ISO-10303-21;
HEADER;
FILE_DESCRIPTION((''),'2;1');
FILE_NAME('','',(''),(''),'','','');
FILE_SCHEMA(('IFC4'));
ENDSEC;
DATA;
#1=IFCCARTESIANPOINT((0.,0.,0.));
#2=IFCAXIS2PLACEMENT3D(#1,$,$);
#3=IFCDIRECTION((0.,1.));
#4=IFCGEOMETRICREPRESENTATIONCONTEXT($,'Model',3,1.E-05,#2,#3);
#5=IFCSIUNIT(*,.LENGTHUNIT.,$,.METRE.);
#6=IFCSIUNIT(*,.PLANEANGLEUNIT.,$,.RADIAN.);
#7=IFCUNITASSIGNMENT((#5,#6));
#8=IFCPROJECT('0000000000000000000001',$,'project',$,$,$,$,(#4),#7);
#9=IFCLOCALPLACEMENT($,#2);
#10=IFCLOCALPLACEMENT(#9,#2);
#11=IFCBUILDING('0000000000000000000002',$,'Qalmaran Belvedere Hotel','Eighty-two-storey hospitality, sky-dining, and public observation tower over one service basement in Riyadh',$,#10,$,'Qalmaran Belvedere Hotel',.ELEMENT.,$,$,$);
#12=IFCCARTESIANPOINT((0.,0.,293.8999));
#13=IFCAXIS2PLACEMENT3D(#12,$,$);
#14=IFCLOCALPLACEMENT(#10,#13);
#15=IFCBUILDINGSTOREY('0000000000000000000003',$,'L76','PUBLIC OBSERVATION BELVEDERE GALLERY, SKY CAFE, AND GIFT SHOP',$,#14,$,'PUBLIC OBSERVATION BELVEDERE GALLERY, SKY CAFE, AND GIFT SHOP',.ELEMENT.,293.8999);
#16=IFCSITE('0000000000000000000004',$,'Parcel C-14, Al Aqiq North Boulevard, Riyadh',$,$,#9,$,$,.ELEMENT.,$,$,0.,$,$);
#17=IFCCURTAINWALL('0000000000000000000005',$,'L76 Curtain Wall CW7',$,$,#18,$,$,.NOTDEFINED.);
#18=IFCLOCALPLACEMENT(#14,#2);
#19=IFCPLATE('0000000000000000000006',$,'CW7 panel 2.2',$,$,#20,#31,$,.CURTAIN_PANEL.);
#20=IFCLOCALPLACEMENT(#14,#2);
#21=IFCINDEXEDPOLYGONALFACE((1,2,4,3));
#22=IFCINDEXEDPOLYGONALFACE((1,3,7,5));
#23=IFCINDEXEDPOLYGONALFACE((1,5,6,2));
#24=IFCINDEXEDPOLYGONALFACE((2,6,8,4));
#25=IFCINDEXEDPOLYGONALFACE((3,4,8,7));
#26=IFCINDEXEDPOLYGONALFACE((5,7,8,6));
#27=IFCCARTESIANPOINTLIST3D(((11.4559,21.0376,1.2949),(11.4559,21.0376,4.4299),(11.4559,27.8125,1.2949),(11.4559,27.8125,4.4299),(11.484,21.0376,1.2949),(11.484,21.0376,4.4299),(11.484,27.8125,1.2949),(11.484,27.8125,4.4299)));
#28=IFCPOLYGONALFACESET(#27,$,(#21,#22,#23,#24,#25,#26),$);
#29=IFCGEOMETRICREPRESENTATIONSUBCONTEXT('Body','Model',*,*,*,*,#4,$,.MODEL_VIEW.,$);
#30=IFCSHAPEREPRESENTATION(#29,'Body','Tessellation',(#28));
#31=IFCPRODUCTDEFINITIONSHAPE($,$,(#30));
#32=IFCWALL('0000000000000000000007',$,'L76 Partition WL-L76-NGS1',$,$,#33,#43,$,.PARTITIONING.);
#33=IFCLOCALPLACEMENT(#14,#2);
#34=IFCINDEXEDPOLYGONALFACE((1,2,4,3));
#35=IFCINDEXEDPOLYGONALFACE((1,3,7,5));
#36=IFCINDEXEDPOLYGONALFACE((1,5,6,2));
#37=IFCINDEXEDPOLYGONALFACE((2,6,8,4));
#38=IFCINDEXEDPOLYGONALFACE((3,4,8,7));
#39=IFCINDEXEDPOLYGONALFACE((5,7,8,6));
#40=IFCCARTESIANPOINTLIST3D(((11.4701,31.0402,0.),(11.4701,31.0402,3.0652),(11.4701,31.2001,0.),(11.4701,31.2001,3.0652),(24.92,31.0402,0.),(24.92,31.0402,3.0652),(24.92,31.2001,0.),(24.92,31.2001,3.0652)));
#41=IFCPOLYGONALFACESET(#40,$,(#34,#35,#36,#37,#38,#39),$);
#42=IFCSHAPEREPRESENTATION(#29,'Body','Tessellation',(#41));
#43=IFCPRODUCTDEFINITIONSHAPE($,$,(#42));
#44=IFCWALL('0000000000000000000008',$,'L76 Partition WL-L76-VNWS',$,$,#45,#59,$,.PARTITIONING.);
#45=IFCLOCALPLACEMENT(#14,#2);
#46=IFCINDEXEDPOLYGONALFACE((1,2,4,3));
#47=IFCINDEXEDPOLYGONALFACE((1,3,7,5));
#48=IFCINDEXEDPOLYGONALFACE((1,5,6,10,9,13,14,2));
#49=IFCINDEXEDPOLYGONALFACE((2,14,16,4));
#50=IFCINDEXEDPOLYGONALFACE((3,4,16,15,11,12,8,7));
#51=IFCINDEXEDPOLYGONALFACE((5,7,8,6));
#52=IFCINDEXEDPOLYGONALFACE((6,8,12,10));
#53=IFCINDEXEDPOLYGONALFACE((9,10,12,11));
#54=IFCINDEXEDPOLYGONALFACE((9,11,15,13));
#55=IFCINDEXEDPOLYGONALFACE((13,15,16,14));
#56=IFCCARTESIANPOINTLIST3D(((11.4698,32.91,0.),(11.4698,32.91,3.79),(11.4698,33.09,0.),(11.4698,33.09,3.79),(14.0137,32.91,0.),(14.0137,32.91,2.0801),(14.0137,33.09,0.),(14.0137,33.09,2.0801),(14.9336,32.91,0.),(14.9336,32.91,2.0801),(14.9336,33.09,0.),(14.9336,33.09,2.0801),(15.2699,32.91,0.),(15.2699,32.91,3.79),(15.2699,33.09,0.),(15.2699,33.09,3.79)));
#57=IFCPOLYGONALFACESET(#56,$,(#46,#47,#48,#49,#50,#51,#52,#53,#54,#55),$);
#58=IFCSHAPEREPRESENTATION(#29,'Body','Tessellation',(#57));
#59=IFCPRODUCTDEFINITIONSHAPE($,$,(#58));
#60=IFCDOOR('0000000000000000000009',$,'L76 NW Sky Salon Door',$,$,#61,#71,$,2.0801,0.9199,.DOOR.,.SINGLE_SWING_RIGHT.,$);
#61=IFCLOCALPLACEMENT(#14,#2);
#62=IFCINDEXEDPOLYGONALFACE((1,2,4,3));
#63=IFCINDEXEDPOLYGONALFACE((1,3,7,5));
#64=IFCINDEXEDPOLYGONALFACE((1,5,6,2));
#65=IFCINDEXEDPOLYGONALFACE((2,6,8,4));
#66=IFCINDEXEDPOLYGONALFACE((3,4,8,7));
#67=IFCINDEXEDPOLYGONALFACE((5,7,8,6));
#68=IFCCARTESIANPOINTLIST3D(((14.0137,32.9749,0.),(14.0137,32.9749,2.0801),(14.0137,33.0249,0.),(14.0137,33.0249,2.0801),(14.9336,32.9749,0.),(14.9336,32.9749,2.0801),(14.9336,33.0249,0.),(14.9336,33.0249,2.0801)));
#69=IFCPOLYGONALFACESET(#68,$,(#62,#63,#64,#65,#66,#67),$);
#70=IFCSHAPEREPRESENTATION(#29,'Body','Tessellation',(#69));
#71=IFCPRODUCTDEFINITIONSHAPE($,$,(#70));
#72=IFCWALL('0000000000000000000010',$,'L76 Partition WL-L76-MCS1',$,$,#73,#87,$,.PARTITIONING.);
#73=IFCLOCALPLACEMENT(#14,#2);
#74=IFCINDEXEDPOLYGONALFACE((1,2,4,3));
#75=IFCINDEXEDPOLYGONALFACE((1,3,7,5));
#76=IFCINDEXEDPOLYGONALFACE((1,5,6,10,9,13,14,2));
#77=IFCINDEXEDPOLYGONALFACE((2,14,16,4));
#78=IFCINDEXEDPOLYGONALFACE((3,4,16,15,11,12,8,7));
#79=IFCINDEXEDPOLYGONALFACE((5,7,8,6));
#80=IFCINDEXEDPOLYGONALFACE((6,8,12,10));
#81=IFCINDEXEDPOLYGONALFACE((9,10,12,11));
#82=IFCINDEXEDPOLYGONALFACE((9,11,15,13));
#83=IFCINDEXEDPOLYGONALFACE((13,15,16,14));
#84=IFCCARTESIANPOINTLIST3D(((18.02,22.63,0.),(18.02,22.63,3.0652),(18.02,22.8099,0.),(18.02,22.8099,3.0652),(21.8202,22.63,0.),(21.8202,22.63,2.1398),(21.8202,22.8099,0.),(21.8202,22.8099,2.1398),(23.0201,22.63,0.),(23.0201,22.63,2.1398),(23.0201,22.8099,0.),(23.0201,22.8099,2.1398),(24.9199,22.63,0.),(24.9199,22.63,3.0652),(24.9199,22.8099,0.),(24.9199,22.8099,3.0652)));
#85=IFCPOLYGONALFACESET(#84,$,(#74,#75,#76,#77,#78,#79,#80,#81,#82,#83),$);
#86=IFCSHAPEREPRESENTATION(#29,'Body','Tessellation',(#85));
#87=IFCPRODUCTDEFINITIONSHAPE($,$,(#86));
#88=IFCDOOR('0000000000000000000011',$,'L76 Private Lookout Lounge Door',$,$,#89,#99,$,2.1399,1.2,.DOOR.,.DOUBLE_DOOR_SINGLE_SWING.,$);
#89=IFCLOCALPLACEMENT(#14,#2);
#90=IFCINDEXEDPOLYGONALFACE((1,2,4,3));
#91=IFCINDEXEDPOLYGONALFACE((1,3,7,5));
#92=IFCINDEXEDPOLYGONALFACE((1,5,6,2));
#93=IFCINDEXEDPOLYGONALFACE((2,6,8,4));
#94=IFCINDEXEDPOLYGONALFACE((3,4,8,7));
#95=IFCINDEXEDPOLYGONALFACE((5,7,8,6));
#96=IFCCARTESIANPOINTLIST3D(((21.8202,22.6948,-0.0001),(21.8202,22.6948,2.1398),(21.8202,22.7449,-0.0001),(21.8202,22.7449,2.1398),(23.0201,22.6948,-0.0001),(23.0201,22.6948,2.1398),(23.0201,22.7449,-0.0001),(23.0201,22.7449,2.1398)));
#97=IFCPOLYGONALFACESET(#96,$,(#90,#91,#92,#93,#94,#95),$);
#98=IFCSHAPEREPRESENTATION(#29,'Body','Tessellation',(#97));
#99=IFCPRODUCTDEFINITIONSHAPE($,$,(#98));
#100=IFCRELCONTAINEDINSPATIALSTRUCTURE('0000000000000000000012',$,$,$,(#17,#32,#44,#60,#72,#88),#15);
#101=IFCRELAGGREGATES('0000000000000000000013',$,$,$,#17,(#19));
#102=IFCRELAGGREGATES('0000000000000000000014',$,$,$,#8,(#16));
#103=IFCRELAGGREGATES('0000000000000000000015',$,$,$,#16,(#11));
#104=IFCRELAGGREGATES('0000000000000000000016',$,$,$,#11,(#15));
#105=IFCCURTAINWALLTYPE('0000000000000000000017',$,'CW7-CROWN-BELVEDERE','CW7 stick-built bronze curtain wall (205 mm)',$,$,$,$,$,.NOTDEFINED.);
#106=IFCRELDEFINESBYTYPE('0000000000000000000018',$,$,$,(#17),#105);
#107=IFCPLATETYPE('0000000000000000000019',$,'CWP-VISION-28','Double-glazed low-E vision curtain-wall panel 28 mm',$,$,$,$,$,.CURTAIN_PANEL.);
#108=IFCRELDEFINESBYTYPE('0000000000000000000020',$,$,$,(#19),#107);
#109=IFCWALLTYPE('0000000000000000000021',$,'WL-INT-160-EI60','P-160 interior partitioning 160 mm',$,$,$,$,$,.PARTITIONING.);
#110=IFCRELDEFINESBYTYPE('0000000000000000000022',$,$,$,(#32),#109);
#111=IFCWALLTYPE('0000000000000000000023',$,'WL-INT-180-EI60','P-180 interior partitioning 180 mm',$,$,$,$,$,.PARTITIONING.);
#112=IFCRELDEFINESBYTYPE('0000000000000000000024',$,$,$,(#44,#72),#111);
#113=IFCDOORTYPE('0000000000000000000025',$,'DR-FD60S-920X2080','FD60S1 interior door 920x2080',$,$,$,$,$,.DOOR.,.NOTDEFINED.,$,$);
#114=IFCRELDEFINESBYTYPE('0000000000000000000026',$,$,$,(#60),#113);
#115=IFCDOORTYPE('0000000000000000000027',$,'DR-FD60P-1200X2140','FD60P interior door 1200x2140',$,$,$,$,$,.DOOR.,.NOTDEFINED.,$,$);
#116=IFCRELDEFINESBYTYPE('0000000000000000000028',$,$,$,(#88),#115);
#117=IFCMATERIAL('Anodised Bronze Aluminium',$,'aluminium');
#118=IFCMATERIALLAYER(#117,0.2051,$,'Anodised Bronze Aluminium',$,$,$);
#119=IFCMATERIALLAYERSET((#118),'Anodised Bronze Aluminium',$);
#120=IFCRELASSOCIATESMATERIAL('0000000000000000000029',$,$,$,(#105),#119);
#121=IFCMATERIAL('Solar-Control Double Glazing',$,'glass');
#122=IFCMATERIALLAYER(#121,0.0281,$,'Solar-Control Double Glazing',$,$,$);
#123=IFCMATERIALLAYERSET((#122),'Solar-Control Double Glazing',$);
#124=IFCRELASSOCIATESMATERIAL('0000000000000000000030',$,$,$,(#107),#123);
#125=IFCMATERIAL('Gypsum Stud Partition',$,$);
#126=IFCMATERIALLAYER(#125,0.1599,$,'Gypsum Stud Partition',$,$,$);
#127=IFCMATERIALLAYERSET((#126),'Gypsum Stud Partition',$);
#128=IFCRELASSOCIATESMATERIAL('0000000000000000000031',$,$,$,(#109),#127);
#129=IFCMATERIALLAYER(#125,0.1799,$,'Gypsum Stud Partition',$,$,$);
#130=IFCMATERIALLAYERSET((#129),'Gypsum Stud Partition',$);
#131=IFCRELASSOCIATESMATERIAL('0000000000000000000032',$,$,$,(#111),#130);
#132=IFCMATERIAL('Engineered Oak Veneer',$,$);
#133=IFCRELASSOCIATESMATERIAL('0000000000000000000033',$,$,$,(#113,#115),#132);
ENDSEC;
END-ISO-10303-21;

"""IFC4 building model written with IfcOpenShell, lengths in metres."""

from ifc_helpers import new_model, si_unit, direction, frame, frame_2d, origin, origin_2d, place, context, subcontext, project, spatial, rectangle, extrude, material, layer, layer_set, type_object, element, fill, aggregate, save


model = new_model("IFC4")

# Units and contexts
model_context = context("Model", 3, precision=1e-05, world=origin(), true_north=direction((0.0, 1.0)))
body_context = subcontext(model_context, "Body", "Model", "MODEL_VIEW")
ifc_project = project(units=[si_unit("LENGTHUNIT", "METRE"), si_unit("PLANEANGLEUNIT", "RADIAN")], contexts=[model_context])

# Site, building, storey
site_placement = place(None, origin())
site = spatial("IfcSite", under=ifc_project, at=site_placement, Name="Parcel C-14, Al Aqiq North Boulevard, Riyadh", CompositionType="ELEMENT", RefElevation=0.0)
building_placement = place(site_placement, origin())
building = spatial("IfcBuilding", under=site, at=building_placement, Name="Qalmaran Belvedere Hotel", Description="Eighty-two-storey hospitality, sky-dining, and public observation tower over one service basement in Riyadh", LongName="Qalmaran Belvedere Hotel", CompositionType="ELEMENT")
storey_placement = place(building_placement, frame((0.0, 0.0, 293.8999)))
storey = spatial("IfcBuildingStorey", under=building, at=storey_placement, Name="L76", Description="PUBLIC OBSERVATION BELVEDERE GALLERY, SKY CAFE, AND GIFT SHOP", LongName="PUBLIC OBSERVATION BELVEDERE GALLERY, SKY CAFE, AND GIFT SHOP", CompositionType="ELEMENT", Elevation=293.8999)

# Curtain wall, plate
ifc_material_1 = material(Name="Anodised Bronze Aluminium", Category="aluminium")
ifc_layer_1 = layer(ifc_material_1, 0.2051, Name="Anodised Bronze Aluminium")
ifc_layer_set_1 = layer_set([ifc_layer_1], Name="Anodised Bronze Aluminium")
curtain_wall_type = type_object("IfcCurtainWallType", Name="CW7-CROWN-BELVEDERE", Description="CW7 stick-built bronze curtain wall (205 mm)", PredefinedType="NOTDEFINED", material=ifc_layer_set_1)
curtain_wall_placement = place(storey_placement, origin())
curtain_wall = element("IfcCurtainWall", 1, at=curtain_wall_placement, inside=storey, type_object=curtain_wall_type, Name="L76 Curtain Wall CW7", PredefinedType="NOTDEFINED")
ifc_material_2 = material(Name="Solar-Control Double Glazing", Category="glass")
ifc_layer_2 = layer(ifc_material_2, 0.0281, Name="Solar-Control Double Glazing")
ifc_layer_set_2 = layer_set([ifc_layer_2], Name="Solar-Control Double Glazing")
plate_type_1 = type_object("IfcPlateType", Name="CWP-VISION-28", Description="Double-glazed low-E vision curtain-wall panel 28 mm", PredefinedType="CURTAIN_PANEL", material=ifc_layer_set_2)
plate_1_placement = place(storey_placement, frame((11.47, 24.425, 1.2949), z_axis=(0.0, 0.0, 1.0), x_axis=(0.0, -1.0, 0.0)))
plate_1 = element("IfcPlate", 2, at=plate_1_placement, type_object=plate_type_1, Name="CW7 panel 2.2", PredefinedType="CURTAIN_PANEL", context=body_context, shape_type="SweptSolid", body=[
    extrude(rectangle(XDim=6.7749, YDim=0.0281, at=origin_2d()), origin(), (0.0, 0.0, 1.0), 3.135),
])
aggregate(curtain_wall, [plate_1])

# Wall
ifc_material_3 = material(Name="Gypsum Stud Partition")
ifc_layer_3 = layer(ifc_material_3, 0.1599, Name="Gypsum Stud Partition")
ifc_layer_set_3 = layer_set([ifc_layer_3], Name="Gypsum Stud Partition")
wall_type_1 = type_object("IfcWallType", Name="WL-INT-160-EI60", Description="P-160 interior partitioning 160 mm", PredefinedType="PARTITIONING", material=ifc_layer_set_3)
wall_1_placement = place(storey_placement, frame((11.47, 31.1201, 0.0), z_axis=(0.0, 0.0, 1.0), x_axis=(1.0, 0.0, 0.0)))
element("IfcWall", 3, at=wall_1_placement, inside=storey, type_object=wall_type_1, Name="L76 Partition WL-L76-NGS1", PredefinedType="PARTITIONING", context=body_context, shape_type="SweptSolid", body=[
    extrude(rectangle(XDim=13.45, YDim=0.1599, at=frame_2d((6.7251, 0.0))), origin(), (0.0, 0.0, 1.0), 3.0652),
])

# Walls, openings, doors
ifc_layer_4 = layer(ifc_material_3, 0.1799, Name="Gypsum Stud Partition")
ifc_layer_set_4 = layer_set([ifc_layer_4], Name="Gypsum Stud Partition")
wall_type_2 = type_object("IfcWallType", Name="WL-INT-180-EI60", Description="P-180 interior partitioning 180 mm", PredefinedType="PARTITIONING", material=ifc_layer_set_4)
wall_2_placement = place(storey_placement, frame((11.47, 33.0, 0.0), z_axis=(0.0, 0.0, 1.0), x_axis=(1.0, 0.0, 0.0)))
wall_2 = element("IfcWall", 4, at=wall_2_placement, inside=storey, type_object=wall_type_2, Name="L76 Partition WL-L76-VNWS", PredefinedType="PARTITIONING", context=body_context, shape_type="SweptSolid", body=[
    extrude(rectangle(XDim=3.8, YDim=0.1799, at=frame_2d((1.8999, 0.0))), origin(), (0.0, 0.0, 1.0), 3.79),
])
opening_1_placement = place(wall_2_placement, frame((2.5437, 0.0, 0.0)))
opening_1 = element("IfcOpeningElement", 5, at=opening_1_placement, cuts=wall_2, PredefinedType="OPENING", context=body_context, shape_type="SweptSolid", body=[
    extrude(rectangle(XDim=0.9199, YDim=2.0801, at=frame_2d((0.46, 1.04))), frame((0.0, 0.1001, 0.0), z_axis=(0.0, -1.0, 0.0), x_axis=(1.0, 0.0, 0.0)), (0.0, 0.0, 1.0), 0.2),
])
ifc_material_4 = material(Name="Engineered Oak Veneer")
door_type_1 = type_object("IfcDoorType", Name="DR-FD60S-920X2080", Description="FD60S1 interior door 920x2080", OperationType="NOTDEFINED", PredefinedType="DOOR", material=ifc_material_4)
door_1_placement = place(opening_1_placement, origin())
door_1 = element("IfcDoor", 6, at=door_1_placement, inside=storey, type_object=door_type_1, Name="L76 NW Sky Salon Door", OperationType="SINGLE_SWING_RIGHT", OverallHeight=2.0801, OverallWidth=0.9199, PredefinedType="DOOR", context=body_context, shape_type="SweptSolid", body=[
    extrude(rectangle(XDim=0.9199, YDim=2.0801, at=frame_2d((0.46, 1.04))), frame((0.0, 0.0249, 0.0), z_axis=(0.0, -1.0, 0.0), x_axis=(1.0, 0.0, 0.0)), (0.0, 0.0, 1.0), 0.05),
])
fill(opening_1, door_1)
wall_3_placement = place(storey_placement, frame((18.02, 22.72, 0.0), z_axis=(0.0, 0.0, 1.0), x_axis=(1.0, 0.0, 0.0)))
wall_3 = element("IfcWall", 7, at=wall_3_placement, inside=storey, type_object=wall_type_2, Name="L76 Partition WL-L76-MCS1", PredefinedType="PARTITIONING", context=body_context, shape_type="SweptSolid", body=[
    extrude(rectangle(XDim=6.8999, YDim=0.1799, at=frame_2d((3.45, 0.0))), origin(), (0.0, 0.0, 1.0), 3.0652),
])
opening_2_placement = place(wall_3_placement, frame((3.8, 0.0, 0.0)))
opening_2 = element("IfcOpeningElement", 8, at=opening_2_placement, cuts=wall_3, PredefinedType="OPENING", context=body_context, shape_type="SweptSolid", body=[
    extrude(rectangle(XDim=1.2, YDim=2.1399, at=frame_2d((0.6001, 1.0698))), frame((0.0, 0.1001, 0.0), z_axis=(0.0, -1.0, 0.0), x_axis=(1.0, 0.0, 0.0)), (0.0, 0.0, 1.0), 0.2),
])
door_type_2 = type_object("IfcDoorType", Name="DR-FD60P-1200X2140", Description="FD60P interior door 1200x2140", OperationType="NOTDEFINED", PredefinedType="DOOR", material=ifc_material_4)
door_2_placement = place(opening_2_placement, origin())
door_2 = element("IfcDoor", 9, at=door_2_placement, inside=storey, type_object=door_type_2, Name="L76 Private Lookout Lounge Door", OperationType="DOUBLE_DOOR_SINGLE_SWING", OverallHeight=2.1399, OverallWidth=1.2, PredefinedType="DOOR", context=body_context, shape_type="SweptSolid", body=[
    extrude(rectangle(XDim=1.2, YDim=2.1399, at=frame_2d((0.6001, 1.0698))), frame((0.0, 0.0249, 0.0), z_axis=(0.0, -1.0, 0.0), x_axis=(1.0, 0.0, 0.0)), (0.0, 0.0, 1.0), 0.05),
])
fill(opening_2, door_2)

save(model, "model.ifc")
